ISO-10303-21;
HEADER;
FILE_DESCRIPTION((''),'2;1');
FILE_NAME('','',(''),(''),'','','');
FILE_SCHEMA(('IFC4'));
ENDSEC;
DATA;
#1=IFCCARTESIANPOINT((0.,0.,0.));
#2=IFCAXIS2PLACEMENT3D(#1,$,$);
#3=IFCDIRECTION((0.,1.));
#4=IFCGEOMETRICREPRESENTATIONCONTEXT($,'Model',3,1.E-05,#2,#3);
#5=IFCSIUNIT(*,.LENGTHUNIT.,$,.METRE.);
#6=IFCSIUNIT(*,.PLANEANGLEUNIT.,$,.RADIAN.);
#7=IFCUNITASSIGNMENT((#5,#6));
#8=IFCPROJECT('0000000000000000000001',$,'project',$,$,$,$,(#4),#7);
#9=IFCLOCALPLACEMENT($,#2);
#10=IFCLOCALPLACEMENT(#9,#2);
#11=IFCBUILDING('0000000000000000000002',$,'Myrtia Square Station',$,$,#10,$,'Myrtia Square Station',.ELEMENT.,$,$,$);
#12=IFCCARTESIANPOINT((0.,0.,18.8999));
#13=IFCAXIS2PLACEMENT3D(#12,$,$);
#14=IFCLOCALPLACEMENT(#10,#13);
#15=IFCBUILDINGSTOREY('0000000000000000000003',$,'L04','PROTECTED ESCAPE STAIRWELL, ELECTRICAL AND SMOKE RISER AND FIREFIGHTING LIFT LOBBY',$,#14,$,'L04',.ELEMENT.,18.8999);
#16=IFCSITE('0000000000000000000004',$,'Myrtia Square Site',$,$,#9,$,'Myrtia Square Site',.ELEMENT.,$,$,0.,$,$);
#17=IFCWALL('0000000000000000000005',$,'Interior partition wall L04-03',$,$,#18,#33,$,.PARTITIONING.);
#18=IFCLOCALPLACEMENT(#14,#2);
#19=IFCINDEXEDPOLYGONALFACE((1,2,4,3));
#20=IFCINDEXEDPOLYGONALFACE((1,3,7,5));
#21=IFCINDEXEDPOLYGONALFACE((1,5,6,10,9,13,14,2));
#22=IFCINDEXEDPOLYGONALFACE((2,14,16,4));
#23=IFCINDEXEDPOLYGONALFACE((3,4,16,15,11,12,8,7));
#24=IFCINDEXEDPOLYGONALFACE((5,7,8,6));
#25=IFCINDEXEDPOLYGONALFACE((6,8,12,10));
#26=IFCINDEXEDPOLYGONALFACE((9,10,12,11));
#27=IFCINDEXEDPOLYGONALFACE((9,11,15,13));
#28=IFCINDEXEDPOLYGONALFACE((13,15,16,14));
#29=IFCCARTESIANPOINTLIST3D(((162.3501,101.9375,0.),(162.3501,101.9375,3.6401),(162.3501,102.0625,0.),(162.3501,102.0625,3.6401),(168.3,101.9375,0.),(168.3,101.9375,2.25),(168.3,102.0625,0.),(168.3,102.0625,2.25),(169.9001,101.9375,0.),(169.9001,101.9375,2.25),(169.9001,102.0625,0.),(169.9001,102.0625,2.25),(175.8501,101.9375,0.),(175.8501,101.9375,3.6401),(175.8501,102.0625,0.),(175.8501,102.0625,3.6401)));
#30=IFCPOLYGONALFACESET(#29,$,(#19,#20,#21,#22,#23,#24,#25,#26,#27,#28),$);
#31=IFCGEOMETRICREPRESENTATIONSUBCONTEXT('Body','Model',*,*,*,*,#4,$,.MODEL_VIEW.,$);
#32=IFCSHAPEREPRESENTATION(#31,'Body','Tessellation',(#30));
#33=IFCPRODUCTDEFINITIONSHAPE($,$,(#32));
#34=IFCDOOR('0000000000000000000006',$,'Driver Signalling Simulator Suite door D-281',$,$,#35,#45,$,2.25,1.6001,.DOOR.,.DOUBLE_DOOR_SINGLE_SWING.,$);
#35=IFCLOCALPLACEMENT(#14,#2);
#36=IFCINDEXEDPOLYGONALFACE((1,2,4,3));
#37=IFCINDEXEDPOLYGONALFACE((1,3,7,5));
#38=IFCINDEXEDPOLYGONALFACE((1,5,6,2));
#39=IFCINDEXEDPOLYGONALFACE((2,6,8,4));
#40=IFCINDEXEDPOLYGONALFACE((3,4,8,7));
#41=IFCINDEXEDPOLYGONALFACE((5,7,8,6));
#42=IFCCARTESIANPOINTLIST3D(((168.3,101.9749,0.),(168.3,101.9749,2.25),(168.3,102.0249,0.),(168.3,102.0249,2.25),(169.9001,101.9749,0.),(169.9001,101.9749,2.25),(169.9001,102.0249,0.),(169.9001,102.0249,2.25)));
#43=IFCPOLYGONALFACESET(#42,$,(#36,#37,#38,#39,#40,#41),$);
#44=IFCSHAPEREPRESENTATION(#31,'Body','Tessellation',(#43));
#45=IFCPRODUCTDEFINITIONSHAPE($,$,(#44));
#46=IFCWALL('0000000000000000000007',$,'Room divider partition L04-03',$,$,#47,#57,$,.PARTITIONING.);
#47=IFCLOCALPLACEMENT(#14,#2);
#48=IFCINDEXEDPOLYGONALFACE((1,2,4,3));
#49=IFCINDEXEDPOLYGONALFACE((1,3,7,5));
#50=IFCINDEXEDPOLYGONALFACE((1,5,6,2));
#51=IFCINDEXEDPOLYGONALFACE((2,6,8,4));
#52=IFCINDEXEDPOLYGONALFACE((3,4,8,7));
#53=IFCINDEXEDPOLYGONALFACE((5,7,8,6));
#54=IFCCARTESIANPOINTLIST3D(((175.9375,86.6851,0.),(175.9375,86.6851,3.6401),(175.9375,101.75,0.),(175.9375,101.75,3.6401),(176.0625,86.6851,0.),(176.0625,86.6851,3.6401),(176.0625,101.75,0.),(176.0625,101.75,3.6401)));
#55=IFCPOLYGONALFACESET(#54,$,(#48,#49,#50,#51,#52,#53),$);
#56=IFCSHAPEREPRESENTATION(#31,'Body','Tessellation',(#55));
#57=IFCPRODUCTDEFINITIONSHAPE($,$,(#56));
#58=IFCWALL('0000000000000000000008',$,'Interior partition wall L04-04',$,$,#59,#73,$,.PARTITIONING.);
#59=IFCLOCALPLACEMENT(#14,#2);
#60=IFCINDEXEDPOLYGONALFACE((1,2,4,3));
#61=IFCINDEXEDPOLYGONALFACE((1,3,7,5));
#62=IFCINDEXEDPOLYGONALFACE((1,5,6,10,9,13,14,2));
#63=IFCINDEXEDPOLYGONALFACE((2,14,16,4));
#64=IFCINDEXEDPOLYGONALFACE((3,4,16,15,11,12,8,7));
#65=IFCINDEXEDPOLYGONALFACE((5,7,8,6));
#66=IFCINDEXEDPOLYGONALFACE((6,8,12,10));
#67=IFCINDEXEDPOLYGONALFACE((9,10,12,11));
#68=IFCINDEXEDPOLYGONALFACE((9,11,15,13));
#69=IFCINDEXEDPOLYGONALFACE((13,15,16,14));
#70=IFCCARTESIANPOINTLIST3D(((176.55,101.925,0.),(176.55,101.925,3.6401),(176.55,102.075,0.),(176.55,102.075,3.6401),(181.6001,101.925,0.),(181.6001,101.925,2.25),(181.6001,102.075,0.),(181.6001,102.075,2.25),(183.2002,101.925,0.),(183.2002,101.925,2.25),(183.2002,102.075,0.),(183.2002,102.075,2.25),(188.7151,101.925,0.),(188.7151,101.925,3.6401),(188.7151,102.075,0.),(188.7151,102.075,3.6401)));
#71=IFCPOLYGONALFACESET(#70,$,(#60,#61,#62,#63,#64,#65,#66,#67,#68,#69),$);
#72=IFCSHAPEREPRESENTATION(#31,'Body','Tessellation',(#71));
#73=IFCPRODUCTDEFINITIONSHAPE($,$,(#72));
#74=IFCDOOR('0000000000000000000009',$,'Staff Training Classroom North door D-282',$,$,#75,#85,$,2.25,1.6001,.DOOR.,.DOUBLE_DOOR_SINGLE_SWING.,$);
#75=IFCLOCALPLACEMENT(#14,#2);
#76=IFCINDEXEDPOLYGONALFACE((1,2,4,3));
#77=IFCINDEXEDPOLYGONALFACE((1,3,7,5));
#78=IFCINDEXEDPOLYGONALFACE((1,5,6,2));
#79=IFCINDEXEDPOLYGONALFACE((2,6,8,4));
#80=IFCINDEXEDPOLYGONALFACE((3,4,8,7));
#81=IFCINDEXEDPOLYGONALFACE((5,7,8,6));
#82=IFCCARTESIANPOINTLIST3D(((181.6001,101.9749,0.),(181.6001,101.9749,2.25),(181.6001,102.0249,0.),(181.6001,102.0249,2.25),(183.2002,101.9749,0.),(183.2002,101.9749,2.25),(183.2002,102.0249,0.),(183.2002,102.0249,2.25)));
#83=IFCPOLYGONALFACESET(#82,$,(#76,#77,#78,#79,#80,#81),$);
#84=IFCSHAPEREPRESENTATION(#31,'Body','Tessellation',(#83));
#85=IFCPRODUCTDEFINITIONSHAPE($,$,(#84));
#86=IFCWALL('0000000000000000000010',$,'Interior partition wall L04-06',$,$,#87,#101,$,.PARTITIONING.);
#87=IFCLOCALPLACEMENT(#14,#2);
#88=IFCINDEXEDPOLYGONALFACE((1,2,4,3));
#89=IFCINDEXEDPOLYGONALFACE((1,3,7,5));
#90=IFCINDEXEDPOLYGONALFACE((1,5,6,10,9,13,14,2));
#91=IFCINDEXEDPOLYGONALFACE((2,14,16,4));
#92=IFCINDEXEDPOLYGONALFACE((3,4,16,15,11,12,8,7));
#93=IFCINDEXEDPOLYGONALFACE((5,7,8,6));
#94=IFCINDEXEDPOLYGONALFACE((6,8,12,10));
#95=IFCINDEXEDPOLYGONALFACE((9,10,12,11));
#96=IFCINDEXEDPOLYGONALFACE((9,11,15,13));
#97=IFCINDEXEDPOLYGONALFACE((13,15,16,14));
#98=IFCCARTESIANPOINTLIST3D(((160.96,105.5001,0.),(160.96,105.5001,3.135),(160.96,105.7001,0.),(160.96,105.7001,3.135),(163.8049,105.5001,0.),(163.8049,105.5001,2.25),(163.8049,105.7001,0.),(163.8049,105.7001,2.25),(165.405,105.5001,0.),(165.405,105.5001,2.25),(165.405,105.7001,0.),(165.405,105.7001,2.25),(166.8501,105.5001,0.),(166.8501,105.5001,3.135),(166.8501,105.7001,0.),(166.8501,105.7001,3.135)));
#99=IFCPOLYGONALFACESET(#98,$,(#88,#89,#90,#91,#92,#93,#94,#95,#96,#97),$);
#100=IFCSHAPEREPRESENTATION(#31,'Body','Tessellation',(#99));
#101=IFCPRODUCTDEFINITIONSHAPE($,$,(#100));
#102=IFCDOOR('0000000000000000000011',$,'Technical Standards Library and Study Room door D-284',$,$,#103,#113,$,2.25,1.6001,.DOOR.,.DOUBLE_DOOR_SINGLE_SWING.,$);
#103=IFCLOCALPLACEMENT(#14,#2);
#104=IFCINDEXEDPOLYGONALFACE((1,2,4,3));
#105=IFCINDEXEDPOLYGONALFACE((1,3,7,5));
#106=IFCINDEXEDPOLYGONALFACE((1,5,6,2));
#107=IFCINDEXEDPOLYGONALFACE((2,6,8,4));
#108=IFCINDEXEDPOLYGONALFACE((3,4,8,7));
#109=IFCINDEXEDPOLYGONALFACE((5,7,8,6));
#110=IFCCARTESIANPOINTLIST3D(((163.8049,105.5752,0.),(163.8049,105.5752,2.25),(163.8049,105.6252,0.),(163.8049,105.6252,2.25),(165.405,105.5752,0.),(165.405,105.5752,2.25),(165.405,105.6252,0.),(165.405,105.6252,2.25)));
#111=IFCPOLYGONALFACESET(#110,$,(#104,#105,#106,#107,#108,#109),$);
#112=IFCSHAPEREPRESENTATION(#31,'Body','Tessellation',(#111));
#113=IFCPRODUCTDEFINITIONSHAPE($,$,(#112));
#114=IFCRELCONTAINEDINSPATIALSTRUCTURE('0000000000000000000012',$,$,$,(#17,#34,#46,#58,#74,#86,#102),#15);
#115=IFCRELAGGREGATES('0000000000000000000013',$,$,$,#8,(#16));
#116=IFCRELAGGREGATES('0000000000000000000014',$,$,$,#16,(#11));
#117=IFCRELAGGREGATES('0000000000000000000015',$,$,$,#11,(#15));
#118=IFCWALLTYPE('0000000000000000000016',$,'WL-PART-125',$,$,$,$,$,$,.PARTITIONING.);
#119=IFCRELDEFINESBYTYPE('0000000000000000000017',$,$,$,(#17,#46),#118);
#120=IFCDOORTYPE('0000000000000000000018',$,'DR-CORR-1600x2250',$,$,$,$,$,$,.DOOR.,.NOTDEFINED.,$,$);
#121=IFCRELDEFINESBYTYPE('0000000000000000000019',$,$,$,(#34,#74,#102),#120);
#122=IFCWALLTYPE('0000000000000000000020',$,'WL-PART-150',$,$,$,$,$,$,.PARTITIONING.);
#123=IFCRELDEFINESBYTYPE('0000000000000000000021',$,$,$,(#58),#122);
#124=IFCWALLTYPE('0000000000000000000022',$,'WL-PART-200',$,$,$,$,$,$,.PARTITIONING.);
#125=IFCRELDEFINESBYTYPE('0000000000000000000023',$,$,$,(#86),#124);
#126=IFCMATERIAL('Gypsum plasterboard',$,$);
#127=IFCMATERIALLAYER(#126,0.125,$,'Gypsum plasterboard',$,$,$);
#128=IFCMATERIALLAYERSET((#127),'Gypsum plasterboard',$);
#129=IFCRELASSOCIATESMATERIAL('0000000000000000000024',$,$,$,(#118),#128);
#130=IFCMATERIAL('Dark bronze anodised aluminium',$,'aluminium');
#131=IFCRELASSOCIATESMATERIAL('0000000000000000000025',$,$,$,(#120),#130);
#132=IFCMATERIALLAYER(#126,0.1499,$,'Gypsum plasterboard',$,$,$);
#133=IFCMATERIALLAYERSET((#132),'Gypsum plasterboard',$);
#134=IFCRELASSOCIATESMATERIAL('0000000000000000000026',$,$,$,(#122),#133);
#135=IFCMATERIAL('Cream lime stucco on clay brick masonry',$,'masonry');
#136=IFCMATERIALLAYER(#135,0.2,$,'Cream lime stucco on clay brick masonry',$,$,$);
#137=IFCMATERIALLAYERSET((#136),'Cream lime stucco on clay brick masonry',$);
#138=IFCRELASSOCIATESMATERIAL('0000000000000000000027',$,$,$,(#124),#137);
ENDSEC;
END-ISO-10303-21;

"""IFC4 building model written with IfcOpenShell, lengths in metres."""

from ifc_helpers import new_model, si_unit, direction, frame, frame_2d, origin, place, context, subcontext, project, spatial, rectangle, extrude, material, layer, layer_set, type_object, element, fill, save


model = new_model("IFC4")

# Units and contexts
model_context = context("Model", 3, precision=1e-05, world=origin(), true_north=direction((0.0, 1.0)))
body_context = subcontext(model_context, "Body", "Model", "MODEL_VIEW")
ifc_project = project(units=[si_unit("LENGTHUNIT", "METRE"), si_unit("PLANEANGLEUNIT", "RADIAN")], contexts=[model_context])

# Site, building, storey
site_placement = place(None, origin())
site = spatial("IfcSite", under=ifc_project, at=site_placement, Name="Myrtia Square Site", LongName="Myrtia Square Site", CompositionType="ELEMENT", RefElevation=0.0)
building_placement = place(site_placement, origin())
building = spatial("IfcBuilding", under=site, at=building_placement, Name="Myrtia Square Station", LongName="Myrtia Square Station", CompositionType="ELEMENT")
storey_placement = place(building_placement, frame((0.0, 0.0, 18.8999)))
storey = spatial("IfcBuildingStorey", under=building, at=storey_placement, Name="L04", Description="PROTECTED ESCAPE STAIRWELL, ELECTRICAL AND SMOKE RISER AND FIREFIGHTING LIFT LOBBY", LongName="L04", CompositionType="ELEMENT", Elevation=18.8999)

# Shared definitions
ifc_material_1 = material(Name="Dark bronze anodised aluminium", Category="aluminium")

# Shared definitions
ifc_material_2 = material(Name="Cream lime stucco on clay brick masonry", Category="masonry")
ifc_material_3 = material(Name="Gypsum plasterboard")

# Wall, opening, door
ifc_layer_1 = layer(ifc_material_3, 0.125, Name="Gypsum plasterboard")
ifc_layer_set_1 = layer_set([ifc_layer_1], Name="Gypsum plasterboard")
wall_type_1 = type_object("IfcWallType", Name="WL-PART-125", PredefinedType="PARTITIONING", material=ifc_layer_set_1)
wall_1_placement = place(storey_placement, frame((162.3501, 102.0, 0.0), z_axis=(0.0, 0.0, 1.0), x_axis=(1.0, 0.0, 0.0)))
wall_1 = element("IfcWall", 1, at=wall_1_placement, inside=storey, type_object=wall_type_1, Name="Interior partition wall L04-03", PredefinedType="PARTITIONING", context=body_context, shape_type="SweptSolid", body=[
    extrude(rectangle(XDim=13.5, YDim=0.125, at=frame_2d((6.75, 0.0))), origin(), (0.0, 0.0, 1.0), 3.6401),
])
opening_1_placement = place(wall_1_placement, frame((5.95, 0.0, 0.0)))
opening_1 = element("IfcOpeningElement", 2, at=opening_1_placement, cuts=wall_1, PredefinedType="OPENING", context=body_context, shape_type="SweptSolid", body=[
    extrude(rectangle(XDim=1.6001, YDim=2.25, at=frame_2d((0.8, 1.125))), frame((0.0, 0.0774, 0.0), z_axis=(0.0, -1.0, 0.0), x_axis=(1.0, 0.0, 0.0)), (0.0, 0.0, 1.0), 0.155),
])
door_type = type_object("IfcDoorType", Name="DR-CORR-1600x2250", OperationType="NOTDEFINED", PredefinedType="DOOR", material=ifc_material_1)
door_1_placement = place(opening_1_placement, origin())
door_1 = element("IfcDoor", 3, at=door_1_placement, inside=storey, type_object=door_type, Name="Driver Signalling Simulator Suite door D-281", OperationType="DOUBLE_DOOR_SINGLE_SWING", OverallHeight=2.25, OverallWidth=1.6001, PredefinedType="DOOR", context=body_context, shape_type="SweptSolid", body=[
    extrude(rectangle(XDim=1.6001, YDim=2.25, at=frame_2d((0.8, 1.125))), frame((0.0, 0.0249, 0.0), z_axis=(0.0, -1.0, 0.0), x_axis=(1.0, 0.0, 0.0)), (0.0, 0.0, 1.0), 0.05),
])
fill(opening_1, door_1)

# Wall
wall_2_placement = place(storey_placement, frame((176.0, 86.6851, 0.0), z_axis=(0.0, 0.0, 1.0), x_axis=(0.0, 1.0, 0.0)))
element("IfcWall", 4, at=wall_2_placement, inside=storey, type_object=wall_type_1, Name="Room divider partition L04-03", PredefinedType="PARTITIONING", context=body_context, shape_type="SweptSolid", body=[
    extrude(rectangle(XDim=15.0649, YDim=0.125, at=frame_2d((7.5325, 0.0))), origin(), (0.0, 0.0, 1.0), 3.6401),
])

# Walls, openings, doors
ifc_layer_2 = layer(ifc_material_3, 0.1499, Name="Gypsum plasterboard")
ifc_layer_set_2 = layer_set([ifc_layer_2], Name="Gypsum plasterboard")
wall_type_2 = type_object("IfcWallType", Name="WL-PART-150", PredefinedType="PARTITIONING", material=ifc_layer_set_2)
wall_3_placement = place(storey_placement, frame((176.55, 102.0, 0.0), z_axis=(0.0, 0.0, 1.0), x_axis=(1.0, 0.0, 0.0)))
wall_3 = element("IfcWall", 5, at=wall_3_placement, inside=storey, type_object=wall_type_2, Name="Interior partition wall L04-04", PredefinedType="PARTITIONING", context=body_context, shape_type="SweptSolid", body=[
    extrude(rectangle(XDim=12.165, YDim=0.1499, at=frame_2d((6.0825, 0.0))), origin(), (0.0, 0.0, 1.0), 3.6401),
])
opening_2_placement = place(wall_3_placement, frame((5.05, 0.0, 0.0)))
opening_2 = element("IfcOpeningElement", 6, at=opening_2_placement, cuts=wall_3, PredefinedType="OPENING", context=body_context, shape_type="SweptSolid", body=[
    extrude(rectangle(XDim=1.6001, YDim=2.25, at=frame_2d((0.8, 1.125))), frame((0.0, 0.0898, 0.0), z_axis=(0.0, -1.0, 0.0), x_axis=(1.0, 0.0, 0.0)), (0.0, 0.0, 1.0), 0.1799),
])
door_2_placement = place(opening_2_placement, origin())
door_2 = element("IfcDoor", 7, at=door_2_placement, inside=storey, type_object=door_type, Name="Staff Training Classroom North door D-282", OperationType="DOUBLE_DOOR_SINGLE_SWING", OverallHeight=2.25, OverallWidth=1.6001, PredefinedType="DOOR", context=body_context, shape_type="SweptSolid", body=[
    extrude(rectangle(XDim=1.6001, YDim=2.25, at=frame_2d((0.8, 1.125))), frame((0.0, 0.0249, 0.0), z_axis=(0.0, -1.0, 0.0), x_axis=(1.0, 0.0, 0.0)), (0.0, 0.0, 1.0), 0.05),
])
fill(opening_2, door_2)
ifc_layer_3 = layer(ifc_material_2, 0.2, Name="Cream lime stucco on clay brick masonry")
ifc_layer_set_3 = layer_set([ifc_layer_3], Name="Cream lime stucco on clay brick masonry")
wall_type_3 = type_object("IfcWallType", Name="WL-PART-200", PredefinedType="PARTITIONING", material=ifc_layer_set_3)
wall_4_placement = place(storey_placement, frame((160.96, 105.6001, 0.0), z_axis=(0.0, 0.0, 1.0), x_axis=(1.0, 0.0, 0.0)))
wall_4 = element("IfcWall", 8, at=wall_4_placement, inside=storey, type_object=wall_type_3, Name="Interior partition wall L04-06", PredefinedType="PARTITIONING", context=body_context, shape_type="SweptSolid", body=[
    extrude(rectangle(XDim=5.8901, YDim=0.2, at=frame_2d((2.9451, 0.0))), origin(), (0.0, 0.0, 1.0), 3.135),
])
opening_3_placement = place(wall_4_placement, frame((2.845, 0.0, 0.0)))
opening_3 = element("IfcOpeningElement", 9, at=opening_3_placement, cuts=wall_4, PredefinedType="OPENING", context=body_context, shape_type="SweptSolid", body=[
    extrude(rectangle(XDim=1.6001, YDim=2.25, at=frame_2d((0.8, 1.125))), frame((0.0, 0.115, 0.0), z_axis=(0.0, -1.0, 0.0), x_axis=(1.0, 0.0, 0.0)), (0.0, 0.0, 1.0), 0.23),
])
door_3_placement = place(opening_3_placement, frame((1.6001, 0.0, 0.0), z_axis=(0.0, 0.0, 1.0), x_axis=(-1.0, 0.0, 0.0)))
door_3 = element("IfcDoor", 10, at=door_3_placement, inside=storey, type_object=door_type, Name="Technical Standards Library and Study Room door D-284", OperationType="DOUBLE_DOOR_SINGLE_SWING", OverallHeight=2.25, OverallWidth=1.6001, PredefinedType="DOOR", context=body_context, shape_type="SweptSolid", body=[
    extrude(rectangle(XDim=1.6001, YDim=2.25, at=frame_2d((0.8, 1.125))), frame((0.0, 0.0249, 0.0), z_axis=(0.0, -1.0, 0.0), x_axis=(1.0, 0.0, 0.0)), (0.0, 0.0, 1.0), 0.05),
])
fill(opening_3, door_3)

save(model, "model.ifc")
